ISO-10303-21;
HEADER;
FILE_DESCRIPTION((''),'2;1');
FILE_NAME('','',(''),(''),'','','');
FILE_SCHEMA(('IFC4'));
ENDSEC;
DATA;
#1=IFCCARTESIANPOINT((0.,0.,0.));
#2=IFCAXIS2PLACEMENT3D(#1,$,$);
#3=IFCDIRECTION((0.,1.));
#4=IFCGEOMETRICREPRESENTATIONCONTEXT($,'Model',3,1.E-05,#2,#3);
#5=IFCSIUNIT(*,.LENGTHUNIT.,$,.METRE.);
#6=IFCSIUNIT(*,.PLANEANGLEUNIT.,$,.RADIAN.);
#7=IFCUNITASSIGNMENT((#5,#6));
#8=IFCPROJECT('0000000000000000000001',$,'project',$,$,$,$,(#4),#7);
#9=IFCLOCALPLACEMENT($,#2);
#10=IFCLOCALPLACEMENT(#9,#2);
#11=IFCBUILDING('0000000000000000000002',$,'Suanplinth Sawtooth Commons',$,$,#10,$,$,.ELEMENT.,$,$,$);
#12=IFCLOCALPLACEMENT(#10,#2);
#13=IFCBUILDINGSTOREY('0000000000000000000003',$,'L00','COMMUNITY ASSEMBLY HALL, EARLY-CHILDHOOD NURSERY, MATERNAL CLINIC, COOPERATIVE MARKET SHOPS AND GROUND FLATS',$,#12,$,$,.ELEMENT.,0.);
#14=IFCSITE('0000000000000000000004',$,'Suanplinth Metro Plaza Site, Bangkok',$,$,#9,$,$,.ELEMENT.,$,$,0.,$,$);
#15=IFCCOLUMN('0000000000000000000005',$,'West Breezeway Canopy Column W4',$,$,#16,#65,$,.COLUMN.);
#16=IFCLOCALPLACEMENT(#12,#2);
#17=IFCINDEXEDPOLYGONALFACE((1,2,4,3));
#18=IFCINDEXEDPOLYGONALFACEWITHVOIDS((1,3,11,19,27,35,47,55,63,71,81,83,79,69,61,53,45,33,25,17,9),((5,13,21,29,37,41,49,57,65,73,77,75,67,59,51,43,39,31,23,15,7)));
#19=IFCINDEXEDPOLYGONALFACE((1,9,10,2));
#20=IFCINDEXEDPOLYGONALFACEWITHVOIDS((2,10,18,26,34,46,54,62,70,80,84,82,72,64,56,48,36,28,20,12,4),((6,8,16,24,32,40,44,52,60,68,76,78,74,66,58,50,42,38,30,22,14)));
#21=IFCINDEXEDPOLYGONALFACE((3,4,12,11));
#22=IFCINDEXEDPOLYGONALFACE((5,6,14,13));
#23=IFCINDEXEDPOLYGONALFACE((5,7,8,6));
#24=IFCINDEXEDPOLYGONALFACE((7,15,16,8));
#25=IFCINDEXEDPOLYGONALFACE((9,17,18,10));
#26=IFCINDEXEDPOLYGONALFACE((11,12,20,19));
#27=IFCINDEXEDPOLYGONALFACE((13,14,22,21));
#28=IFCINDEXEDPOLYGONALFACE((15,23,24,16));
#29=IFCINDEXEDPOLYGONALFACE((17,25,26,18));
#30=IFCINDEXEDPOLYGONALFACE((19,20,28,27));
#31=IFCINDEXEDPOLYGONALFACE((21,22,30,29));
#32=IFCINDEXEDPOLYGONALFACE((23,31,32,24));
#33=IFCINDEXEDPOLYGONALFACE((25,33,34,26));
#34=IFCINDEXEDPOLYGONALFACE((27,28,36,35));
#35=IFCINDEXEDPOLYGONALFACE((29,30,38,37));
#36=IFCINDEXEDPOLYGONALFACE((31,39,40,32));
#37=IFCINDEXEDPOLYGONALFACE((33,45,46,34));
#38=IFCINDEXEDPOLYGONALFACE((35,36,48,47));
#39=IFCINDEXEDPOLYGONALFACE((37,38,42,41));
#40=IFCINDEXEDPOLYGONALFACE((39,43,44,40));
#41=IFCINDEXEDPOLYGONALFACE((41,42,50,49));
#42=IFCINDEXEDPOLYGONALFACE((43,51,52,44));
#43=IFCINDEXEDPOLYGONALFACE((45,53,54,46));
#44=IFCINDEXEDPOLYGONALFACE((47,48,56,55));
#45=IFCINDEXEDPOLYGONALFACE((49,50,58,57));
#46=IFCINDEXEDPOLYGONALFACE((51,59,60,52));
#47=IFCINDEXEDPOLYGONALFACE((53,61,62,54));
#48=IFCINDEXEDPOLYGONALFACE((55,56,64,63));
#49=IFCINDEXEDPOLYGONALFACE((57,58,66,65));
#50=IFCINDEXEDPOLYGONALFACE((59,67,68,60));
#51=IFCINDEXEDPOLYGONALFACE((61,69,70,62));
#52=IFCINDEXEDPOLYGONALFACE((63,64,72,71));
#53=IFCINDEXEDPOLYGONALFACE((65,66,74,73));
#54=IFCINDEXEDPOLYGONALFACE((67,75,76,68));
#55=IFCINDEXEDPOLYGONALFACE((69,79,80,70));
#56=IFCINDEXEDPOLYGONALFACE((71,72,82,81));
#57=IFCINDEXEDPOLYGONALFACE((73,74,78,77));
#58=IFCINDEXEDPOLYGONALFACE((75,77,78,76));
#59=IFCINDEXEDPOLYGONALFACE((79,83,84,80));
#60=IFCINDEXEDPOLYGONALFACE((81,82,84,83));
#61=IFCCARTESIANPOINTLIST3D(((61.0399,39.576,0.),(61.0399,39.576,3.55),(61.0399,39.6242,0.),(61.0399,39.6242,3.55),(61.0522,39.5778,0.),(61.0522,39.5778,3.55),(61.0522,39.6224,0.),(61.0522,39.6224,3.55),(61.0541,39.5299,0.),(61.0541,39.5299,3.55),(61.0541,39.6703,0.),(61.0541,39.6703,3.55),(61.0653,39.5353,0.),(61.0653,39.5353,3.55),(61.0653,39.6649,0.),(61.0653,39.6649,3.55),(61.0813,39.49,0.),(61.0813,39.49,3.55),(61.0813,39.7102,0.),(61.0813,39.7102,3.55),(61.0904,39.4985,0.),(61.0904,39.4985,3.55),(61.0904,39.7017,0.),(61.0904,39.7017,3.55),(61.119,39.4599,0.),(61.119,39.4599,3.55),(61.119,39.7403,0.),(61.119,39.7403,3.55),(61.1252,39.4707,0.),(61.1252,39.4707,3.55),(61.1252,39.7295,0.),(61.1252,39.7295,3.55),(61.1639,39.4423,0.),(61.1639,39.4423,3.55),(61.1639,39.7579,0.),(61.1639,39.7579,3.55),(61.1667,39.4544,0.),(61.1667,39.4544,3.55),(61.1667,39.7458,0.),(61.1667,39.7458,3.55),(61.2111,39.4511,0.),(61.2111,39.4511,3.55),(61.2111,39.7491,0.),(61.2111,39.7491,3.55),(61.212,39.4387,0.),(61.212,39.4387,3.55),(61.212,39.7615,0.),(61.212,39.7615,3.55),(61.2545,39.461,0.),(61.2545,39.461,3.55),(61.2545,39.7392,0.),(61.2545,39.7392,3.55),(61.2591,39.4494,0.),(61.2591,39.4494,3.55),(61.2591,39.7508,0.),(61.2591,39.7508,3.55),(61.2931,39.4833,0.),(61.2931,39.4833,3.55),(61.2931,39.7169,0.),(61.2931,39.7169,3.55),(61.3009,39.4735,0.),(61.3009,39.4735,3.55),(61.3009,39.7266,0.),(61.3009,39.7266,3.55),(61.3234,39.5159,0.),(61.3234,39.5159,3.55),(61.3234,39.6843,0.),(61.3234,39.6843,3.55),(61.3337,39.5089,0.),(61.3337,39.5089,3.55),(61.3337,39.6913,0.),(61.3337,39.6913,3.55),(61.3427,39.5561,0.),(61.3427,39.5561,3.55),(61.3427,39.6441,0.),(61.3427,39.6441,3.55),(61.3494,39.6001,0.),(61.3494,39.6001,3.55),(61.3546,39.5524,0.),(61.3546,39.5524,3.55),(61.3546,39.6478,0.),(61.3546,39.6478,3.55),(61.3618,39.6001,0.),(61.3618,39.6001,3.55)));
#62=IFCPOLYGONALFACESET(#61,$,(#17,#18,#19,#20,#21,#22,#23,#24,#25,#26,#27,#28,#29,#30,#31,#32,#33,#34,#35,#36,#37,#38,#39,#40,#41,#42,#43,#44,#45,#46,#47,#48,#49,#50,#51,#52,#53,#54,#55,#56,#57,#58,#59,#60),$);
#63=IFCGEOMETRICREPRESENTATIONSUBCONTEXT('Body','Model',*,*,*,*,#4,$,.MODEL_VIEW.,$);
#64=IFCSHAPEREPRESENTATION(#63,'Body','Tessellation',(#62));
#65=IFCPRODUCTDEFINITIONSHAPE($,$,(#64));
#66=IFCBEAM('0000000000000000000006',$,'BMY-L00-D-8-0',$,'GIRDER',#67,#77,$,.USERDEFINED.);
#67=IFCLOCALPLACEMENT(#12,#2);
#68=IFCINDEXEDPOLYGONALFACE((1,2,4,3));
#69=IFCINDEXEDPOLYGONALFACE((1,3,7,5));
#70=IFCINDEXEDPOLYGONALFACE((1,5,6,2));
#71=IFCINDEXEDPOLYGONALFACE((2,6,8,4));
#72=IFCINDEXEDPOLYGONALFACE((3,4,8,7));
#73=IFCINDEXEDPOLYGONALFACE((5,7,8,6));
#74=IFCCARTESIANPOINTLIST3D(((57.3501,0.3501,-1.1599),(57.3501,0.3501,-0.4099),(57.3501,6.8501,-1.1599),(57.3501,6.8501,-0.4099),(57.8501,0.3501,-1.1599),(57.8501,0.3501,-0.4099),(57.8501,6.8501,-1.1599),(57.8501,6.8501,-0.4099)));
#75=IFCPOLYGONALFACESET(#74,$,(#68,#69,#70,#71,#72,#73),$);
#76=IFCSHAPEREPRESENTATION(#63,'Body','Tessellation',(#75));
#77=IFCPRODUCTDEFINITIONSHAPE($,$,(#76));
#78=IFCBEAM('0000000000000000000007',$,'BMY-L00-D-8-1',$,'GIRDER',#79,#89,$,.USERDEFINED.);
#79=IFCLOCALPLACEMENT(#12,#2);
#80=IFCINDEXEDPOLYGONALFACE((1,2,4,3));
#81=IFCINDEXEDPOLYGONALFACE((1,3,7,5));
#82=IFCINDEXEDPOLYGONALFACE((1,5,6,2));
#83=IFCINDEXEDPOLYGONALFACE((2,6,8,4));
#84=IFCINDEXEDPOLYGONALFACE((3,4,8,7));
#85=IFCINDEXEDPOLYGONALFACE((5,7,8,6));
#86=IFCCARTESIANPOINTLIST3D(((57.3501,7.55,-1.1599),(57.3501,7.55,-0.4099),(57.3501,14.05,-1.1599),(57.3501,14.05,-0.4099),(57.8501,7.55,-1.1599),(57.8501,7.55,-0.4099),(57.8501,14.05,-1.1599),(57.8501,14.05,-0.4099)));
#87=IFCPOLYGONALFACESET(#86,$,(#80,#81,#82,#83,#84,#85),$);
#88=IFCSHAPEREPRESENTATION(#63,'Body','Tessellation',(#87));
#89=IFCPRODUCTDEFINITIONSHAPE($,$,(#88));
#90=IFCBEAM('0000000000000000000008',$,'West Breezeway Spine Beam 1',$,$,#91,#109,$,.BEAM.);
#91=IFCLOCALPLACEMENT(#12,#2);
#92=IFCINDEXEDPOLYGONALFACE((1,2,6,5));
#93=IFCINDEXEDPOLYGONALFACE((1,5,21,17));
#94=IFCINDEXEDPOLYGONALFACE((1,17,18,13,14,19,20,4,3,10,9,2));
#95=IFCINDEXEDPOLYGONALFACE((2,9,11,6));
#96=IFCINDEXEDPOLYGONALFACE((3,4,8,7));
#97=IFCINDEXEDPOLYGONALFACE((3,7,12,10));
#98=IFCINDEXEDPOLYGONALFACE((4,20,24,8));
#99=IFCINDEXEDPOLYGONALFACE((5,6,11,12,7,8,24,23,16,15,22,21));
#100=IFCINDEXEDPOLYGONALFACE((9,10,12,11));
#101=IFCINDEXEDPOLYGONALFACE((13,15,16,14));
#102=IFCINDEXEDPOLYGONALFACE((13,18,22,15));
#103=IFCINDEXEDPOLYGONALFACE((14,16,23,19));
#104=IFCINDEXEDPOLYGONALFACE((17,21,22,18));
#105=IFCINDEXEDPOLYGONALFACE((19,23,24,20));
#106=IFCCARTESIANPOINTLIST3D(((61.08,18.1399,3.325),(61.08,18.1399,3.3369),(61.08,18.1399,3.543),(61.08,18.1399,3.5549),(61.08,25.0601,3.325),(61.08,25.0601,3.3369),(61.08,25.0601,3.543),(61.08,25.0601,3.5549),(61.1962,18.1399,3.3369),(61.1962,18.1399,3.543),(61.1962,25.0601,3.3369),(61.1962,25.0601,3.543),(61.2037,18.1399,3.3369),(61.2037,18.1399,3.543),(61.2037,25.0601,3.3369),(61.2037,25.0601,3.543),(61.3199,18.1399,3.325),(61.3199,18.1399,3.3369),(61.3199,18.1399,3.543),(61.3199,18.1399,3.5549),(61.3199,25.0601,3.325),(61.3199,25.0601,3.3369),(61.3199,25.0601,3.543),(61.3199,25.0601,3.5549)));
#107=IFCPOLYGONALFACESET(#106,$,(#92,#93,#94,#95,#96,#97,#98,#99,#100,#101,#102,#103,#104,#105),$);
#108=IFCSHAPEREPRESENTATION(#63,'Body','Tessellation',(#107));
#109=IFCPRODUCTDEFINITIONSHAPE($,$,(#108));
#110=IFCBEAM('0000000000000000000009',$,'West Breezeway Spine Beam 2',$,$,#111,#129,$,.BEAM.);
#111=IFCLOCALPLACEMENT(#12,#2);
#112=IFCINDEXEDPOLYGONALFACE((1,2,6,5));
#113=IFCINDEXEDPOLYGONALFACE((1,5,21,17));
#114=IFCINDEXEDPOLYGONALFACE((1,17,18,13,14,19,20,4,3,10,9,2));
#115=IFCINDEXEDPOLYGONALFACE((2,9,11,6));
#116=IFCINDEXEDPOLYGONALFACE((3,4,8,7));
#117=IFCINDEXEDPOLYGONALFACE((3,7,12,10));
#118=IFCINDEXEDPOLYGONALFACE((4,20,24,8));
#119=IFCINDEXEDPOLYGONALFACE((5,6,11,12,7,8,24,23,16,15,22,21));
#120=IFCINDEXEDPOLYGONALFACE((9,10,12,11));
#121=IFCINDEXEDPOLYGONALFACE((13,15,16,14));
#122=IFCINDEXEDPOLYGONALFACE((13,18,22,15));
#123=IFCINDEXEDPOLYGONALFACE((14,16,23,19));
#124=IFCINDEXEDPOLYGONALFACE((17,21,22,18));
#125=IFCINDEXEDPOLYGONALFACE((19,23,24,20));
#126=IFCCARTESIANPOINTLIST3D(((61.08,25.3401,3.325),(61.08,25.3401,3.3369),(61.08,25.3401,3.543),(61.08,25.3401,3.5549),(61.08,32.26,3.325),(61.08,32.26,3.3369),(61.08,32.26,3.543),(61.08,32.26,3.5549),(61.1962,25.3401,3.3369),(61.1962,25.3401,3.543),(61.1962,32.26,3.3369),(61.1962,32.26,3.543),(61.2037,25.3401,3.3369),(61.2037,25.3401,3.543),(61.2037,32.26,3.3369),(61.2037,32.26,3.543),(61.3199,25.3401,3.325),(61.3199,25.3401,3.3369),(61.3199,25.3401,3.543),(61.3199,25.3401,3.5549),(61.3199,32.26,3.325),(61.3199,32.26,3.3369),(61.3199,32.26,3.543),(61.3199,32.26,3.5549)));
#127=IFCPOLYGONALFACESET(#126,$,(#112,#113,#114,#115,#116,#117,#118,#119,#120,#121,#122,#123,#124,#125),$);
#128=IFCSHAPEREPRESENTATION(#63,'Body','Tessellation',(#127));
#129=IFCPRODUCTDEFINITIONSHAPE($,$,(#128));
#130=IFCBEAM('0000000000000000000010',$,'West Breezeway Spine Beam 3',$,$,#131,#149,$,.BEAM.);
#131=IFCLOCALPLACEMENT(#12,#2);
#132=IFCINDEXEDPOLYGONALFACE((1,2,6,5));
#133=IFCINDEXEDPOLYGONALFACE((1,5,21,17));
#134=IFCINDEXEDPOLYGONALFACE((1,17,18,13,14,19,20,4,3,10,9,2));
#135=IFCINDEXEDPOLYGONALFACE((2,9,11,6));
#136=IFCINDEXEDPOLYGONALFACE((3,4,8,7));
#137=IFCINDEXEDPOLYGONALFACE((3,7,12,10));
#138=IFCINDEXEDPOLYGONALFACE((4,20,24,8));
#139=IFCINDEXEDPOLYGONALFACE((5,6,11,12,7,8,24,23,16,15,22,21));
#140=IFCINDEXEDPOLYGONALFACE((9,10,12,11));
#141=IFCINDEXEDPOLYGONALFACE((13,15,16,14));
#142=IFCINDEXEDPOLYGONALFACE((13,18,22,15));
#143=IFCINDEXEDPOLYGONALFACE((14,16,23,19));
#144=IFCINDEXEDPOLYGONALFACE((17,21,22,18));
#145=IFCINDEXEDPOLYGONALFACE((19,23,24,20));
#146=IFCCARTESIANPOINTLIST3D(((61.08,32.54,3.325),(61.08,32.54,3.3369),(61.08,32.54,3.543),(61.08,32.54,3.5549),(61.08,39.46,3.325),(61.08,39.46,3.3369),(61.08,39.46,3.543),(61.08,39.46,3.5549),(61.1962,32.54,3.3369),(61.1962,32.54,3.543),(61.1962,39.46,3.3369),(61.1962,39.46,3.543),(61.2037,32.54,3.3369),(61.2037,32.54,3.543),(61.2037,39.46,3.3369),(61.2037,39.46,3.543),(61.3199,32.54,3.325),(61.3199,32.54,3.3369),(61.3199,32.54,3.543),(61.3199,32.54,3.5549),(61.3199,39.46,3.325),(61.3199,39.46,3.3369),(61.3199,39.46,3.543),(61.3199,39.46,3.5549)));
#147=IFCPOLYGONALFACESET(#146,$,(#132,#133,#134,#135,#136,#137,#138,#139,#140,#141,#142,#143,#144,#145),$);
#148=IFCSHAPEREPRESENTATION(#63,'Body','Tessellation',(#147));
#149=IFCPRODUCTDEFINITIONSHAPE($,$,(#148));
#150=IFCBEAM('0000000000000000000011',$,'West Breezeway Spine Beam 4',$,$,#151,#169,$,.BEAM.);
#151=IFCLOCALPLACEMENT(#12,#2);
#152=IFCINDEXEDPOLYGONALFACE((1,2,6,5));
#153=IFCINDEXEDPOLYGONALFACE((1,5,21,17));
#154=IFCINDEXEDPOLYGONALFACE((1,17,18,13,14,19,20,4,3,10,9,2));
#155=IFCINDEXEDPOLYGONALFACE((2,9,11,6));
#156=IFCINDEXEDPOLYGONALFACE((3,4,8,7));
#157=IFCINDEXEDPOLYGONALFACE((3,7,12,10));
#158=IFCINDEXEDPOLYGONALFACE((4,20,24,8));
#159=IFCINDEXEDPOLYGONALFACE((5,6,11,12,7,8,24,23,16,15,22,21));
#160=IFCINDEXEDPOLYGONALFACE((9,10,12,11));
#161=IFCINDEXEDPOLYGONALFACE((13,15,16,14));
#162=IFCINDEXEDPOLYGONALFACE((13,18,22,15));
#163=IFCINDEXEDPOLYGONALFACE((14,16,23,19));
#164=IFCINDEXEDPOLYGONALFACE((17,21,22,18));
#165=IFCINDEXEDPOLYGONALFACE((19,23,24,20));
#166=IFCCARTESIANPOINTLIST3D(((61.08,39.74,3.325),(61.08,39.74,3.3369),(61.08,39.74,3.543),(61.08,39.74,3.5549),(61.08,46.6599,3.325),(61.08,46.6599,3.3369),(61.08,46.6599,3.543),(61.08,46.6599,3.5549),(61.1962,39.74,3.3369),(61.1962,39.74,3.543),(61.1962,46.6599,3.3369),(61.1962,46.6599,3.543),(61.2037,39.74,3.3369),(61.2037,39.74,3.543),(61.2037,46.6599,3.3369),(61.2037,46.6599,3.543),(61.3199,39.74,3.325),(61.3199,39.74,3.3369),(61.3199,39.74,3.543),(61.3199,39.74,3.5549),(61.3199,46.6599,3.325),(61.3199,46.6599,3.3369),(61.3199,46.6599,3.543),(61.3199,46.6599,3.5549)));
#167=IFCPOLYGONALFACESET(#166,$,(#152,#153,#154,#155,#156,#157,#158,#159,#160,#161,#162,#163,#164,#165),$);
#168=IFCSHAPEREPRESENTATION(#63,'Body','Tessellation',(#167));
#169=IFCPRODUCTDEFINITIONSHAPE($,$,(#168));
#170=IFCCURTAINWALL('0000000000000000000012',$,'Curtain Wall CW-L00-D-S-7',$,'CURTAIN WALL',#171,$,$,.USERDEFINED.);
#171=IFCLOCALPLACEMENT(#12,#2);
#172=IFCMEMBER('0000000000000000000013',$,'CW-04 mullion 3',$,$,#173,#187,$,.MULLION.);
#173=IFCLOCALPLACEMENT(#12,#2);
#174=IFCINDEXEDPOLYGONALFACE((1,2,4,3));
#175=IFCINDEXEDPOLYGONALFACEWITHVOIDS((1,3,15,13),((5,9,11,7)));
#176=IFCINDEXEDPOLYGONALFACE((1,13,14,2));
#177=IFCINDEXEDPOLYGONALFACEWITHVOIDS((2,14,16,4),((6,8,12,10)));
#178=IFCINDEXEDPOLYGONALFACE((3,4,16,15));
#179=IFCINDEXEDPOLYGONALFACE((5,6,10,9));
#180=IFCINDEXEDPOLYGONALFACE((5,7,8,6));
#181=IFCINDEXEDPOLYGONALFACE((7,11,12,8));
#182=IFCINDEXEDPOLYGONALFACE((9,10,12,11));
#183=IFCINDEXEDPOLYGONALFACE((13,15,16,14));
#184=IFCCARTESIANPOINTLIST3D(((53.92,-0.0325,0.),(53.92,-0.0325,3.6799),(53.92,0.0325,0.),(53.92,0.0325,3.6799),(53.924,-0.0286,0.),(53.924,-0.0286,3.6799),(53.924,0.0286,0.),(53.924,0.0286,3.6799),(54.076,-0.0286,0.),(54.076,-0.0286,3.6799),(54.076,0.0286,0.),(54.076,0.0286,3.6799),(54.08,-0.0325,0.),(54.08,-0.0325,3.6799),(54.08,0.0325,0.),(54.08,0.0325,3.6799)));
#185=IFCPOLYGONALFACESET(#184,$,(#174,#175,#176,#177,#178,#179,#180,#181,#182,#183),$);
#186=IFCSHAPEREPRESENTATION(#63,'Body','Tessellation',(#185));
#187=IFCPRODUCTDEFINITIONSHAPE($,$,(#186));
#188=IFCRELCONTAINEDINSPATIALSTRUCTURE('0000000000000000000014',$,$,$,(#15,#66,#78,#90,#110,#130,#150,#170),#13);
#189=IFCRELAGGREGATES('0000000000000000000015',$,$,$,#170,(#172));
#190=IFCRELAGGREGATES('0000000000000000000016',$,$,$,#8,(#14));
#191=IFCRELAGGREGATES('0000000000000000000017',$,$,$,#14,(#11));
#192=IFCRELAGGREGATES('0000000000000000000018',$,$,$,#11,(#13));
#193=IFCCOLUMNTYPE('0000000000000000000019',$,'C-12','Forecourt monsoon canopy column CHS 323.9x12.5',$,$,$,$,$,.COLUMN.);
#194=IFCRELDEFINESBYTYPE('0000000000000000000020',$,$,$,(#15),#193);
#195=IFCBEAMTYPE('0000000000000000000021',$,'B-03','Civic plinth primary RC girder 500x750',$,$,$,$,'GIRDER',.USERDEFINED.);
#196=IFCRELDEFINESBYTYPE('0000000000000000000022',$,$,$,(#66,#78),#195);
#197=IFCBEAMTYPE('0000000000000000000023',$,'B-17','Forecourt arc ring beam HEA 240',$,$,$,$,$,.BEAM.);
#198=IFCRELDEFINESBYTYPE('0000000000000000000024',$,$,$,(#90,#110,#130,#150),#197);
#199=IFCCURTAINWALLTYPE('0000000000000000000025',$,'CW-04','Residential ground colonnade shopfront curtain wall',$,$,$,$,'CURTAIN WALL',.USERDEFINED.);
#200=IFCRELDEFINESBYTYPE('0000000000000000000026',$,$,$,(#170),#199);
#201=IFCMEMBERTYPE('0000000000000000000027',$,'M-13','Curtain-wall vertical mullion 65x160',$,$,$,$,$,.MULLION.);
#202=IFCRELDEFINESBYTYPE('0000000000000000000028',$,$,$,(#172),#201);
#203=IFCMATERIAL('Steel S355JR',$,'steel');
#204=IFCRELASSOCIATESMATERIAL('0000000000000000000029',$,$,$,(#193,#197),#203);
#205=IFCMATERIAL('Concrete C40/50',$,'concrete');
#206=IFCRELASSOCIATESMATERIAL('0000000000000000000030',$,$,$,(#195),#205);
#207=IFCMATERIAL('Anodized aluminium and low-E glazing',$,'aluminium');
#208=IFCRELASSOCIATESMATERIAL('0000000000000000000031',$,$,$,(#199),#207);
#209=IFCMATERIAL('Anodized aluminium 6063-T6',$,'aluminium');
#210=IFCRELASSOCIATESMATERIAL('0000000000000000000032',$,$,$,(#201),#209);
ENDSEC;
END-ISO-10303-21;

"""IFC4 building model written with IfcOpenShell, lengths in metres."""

from ifc_helpers import new_model, si_unit, direction, frame, origin, origin_2d, place, context, subcontext, project, spatial, rectangle, hollow_rectangle, hollow_circle, i_section, extrude, material, material_profile, profile_set, type_object, element, aggregate, save


model = new_model("IFC4")

# Units and contexts
model_context = context("Model", 3, precision=1e-05, world=origin(), true_north=direction((0.0, 1.0)))
body_context = subcontext(model_context, "Body", "Model", "MODEL_VIEW")
ifc_project = project(units=[si_unit("LENGTHUNIT", "METRE"), si_unit("PLANEANGLEUNIT", "RADIAN")], contexts=[model_context])

# Site, building, storey
site_placement = place(None, origin())
site = spatial("IfcSite", under=ifc_project, at=site_placement, Name="Suanplinth Metro Plaza Site, Bangkok", CompositionType="ELEMENT", RefElevation=0.0)
building_placement = place(site_placement, origin())
building = spatial("IfcBuilding", under=site, at=building_placement, Name="Suanplinth Sawtooth Commons", CompositionType="ELEMENT")
storey_placement = place(building_placement, origin())
storey = spatial("IfcBuildingStorey", under=building, at=storey_placement, Name="L00", Description="COMMUNITY ASSEMBLY HALL, EARLY-CHILDHOOD NURSERY, MATERNAL CLINIC, COOPERATIVE MARKET SHOPS AND GROUND FLATS", CompositionType="ELEMENT", Elevation=0.0)

# Column
ifc_material_1 = material(Name="Concrete C40/50", Category="concrete")
ifc_material_2 = material(Name="Steel S355JR", Category="steel")
ifc_material_profile_1 = material_profile(ifc_material_2, hollow_circle(Radius=0.1619, WallThickness=0.0125, at=origin_2d()), Name="CHS 323.9x12.5")
ifc_profile_set_1 = profile_set([ifc_material_profile_1], Name="Steel S355JR")
column_type_1 = type_object("IfcColumnType", Name="C-12", Description="Forecourt monsoon canopy column CHS 323.9x12.5", PredefinedType="COLUMN", material=ifc_profile_set_1)
for number, where, z_axis, x_axis, name in (
    (1, (61.2, 39.6001, 0.0), (0.0, 0.0, 1.0), (1.0, 0.0, 0.0), "West Breezeway Canopy Column W4"),
):
    element("IfcColumn", number, at=place(storey_placement, frame(where, z_axis=z_axis, x_axis=x_axis)), inside=storey, type_object=column_type_1, Name=name, PredefinedType="COLUMN", context=body_context, shape_type="SweptSolid", body=[
        extrude(hollow_circle(Radius=0.1619, WallThickness=0.0125, at=origin_2d()), origin(), (0.0, 0.0, 1.0), 3.55),
    ])

# Beams
ifc_material_profile_2 = material_profile(ifc_material_1, rectangle(XDim=0.5, YDim=0.75, at=origin_2d()), Name="RC-GDR 500x750")
ifc_profile_set_2 = profile_set([ifc_material_profile_2], Name="Concrete C40/50")
beam_type_1 = type_object("IfcBeamType", Name="B-03", Description="Civic plinth primary RC girder 500x750", ElementType="GIRDER", PredefinedType="USERDEFINED", material=ifc_profile_set_2)
for number, where, z_axis, x_axis, name in (
    (2, (57.6001, 0.3501, -0.7849), (0.0, 1.0, 0.0), (-1.0, 0.0, 0.0), "BMY-L00-D-8-0"),
    (3, (57.6001, 7.55, -0.7849), (0.0, 1.0, 0.0), (-1.0, 0.0, 0.0), "BMY-L00-D-8-1"),
):
    element("IfcBeam", number, at=place(storey_placement, frame(where, z_axis=z_axis, x_axis=x_axis)), inside=storey, type_object=beam_type_1, Name=name, ObjectType="GIRDER", PredefinedType="USERDEFINED", context=body_context, shape_type="SweptSolid", body=[
        extrude(rectangle(XDim=0.5, YDim=0.75, at=origin_2d()), origin(), (0.0, 0.0, 1.0), 6.5),
    ])
ifc_material_profile_3 = material_profile(ifc_material_2, i_section(OverallWidth=0.24, OverallDepth=0.23, WebThickness=0.0076, FlangeThickness=0.012, at=origin_2d()), Name="HEA 240")
ifc_profile_set_3 = profile_set([ifc_material_profile_3], Name="Steel S355JR")
beam_type_2 = type_object("IfcBeamType", Name="B-17", Description="Forecourt arc ring beam HEA 240", PredefinedType="BEAM", material=ifc_profile_set_3)
beam_placement = place(storey_placement, frame((61.2, 18.1399, 3.4399), z_axis=(0.0, 1.0, 0.0), x_axis=(-1.0, 0.0, 0.0)))
element("IfcBeam", 4, at=beam_placement, inside=storey, type_object=beam_type_2, Name="West Breezeway Spine Beam 1", PredefinedType="BEAM", context=body_context, shape_type="SweptSolid", body=[
    extrude(i_section(OverallWidth=0.24, OverallDepth=0.23, WebThickness=0.0076, FlangeThickness=0.012, at=origin_2d()), origin(), (0.0, 0.0, 1.0), 6.9202),
])
for number, where, z_axis, x_axis, name in (
    (5, (61.2, 25.3401, 3.4399), (0.0, 1.0, 0.0), (-1.0, 0.0, 0.0), "West Breezeway Spine Beam 2"),
    (6, (61.2, 32.54, 3.4399), (0.0, 1.0, 0.0), (-1.0, 0.0, 0.0), "West Breezeway Spine Beam 3"),
    (7, (61.2, 39.74, 3.4399), (0.0, 1.0, 0.0), (-1.0, 0.0, 0.0), "West Breezeway Spine Beam 4"),
):
    element("IfcBeam", number, at=place(storey_placement, frame(where, z_axis=z_axis, x_axis=x_axis)), inside=storey, type_object=beam_type_2, Name=name, PredefinedType="BEAM", context=body_context, shape_type="SweptSolid", body=[
        extrude(i_section(OverallWidth=0.24, OverallDepth=0.23, WebThickness=0.0076, FlangeThickness=0.012, at=origin_2d()), origin(), (0.0, 0.0, 1.0), 6.9199),
    ])

# Curtain wall, member
ifc_material_3 = material(Name="Anodized aluminium and low-E glazing", Category="aluminium")
curtain_wall_type = type_object("IfcCurtainWallType", Name="CW-04", Description="Residential ground colonnade shopfront curtain wall", ElementType="CURTAIN WALL", PredefinedType="USERDEFINED", material=ifc_material_3)
curtain_wall_placement = place(storey_placement, origin())
curtain_wall = element("IfcCurtainWall", 8, at=curtain_wall_placement, inside=storey, type_object=curtain_wall_type, Name="Curtain Wall CW-L00-D-S-7", ObjectType="CURTAIN WALL", PredefinedType="USERDEFINED")
ifc_material_4 = material(Name="Anodized aluminium 6063-T6", Category="aluminium")
ifc_material_profile_4 = material_profile(ifc_material_4, hollow_rectangle(XDim=0.0649, YDim=0.1599, WallThickness=0.0039, at=origin_2d()), Name="ALU-MUL 65x160")
ifc_profile_set_4 = profile_set([ifc_material_profile_4], Name="Anodized aluminium 6063-T6")
member_type_1 = type_object("IfcMemberType", Name="M-13", Description="Curtain-wall vertical mullion 65x160", PredefinedType="MULLION", material=ifc_profile_set_4)
member_1_placement = place(storey_placement, frame((54.0, 0.0, 0.0), z_axis=(0.0, 0.0, 1.0), x_axis=(0.0, 1.0, 0.0)))
member_1 = element("IfcMember", 9, at=member_1_placement, type_object=member_type_1, Name="CW-04 mullion 3", PredefinedType="MULLION", context=body_context, shape_type="SweptSolid", body=[
    extrude(hollow_rectangle(XDim=0.0649, YDim=0.1599, WallThickness=0.0039, at=origin_2d()), origin(), (0.0, 0.0, 1.0), 3.6799),
])
aggregate(curtain_wall, [member_1])

save(model, "model.ifc")
